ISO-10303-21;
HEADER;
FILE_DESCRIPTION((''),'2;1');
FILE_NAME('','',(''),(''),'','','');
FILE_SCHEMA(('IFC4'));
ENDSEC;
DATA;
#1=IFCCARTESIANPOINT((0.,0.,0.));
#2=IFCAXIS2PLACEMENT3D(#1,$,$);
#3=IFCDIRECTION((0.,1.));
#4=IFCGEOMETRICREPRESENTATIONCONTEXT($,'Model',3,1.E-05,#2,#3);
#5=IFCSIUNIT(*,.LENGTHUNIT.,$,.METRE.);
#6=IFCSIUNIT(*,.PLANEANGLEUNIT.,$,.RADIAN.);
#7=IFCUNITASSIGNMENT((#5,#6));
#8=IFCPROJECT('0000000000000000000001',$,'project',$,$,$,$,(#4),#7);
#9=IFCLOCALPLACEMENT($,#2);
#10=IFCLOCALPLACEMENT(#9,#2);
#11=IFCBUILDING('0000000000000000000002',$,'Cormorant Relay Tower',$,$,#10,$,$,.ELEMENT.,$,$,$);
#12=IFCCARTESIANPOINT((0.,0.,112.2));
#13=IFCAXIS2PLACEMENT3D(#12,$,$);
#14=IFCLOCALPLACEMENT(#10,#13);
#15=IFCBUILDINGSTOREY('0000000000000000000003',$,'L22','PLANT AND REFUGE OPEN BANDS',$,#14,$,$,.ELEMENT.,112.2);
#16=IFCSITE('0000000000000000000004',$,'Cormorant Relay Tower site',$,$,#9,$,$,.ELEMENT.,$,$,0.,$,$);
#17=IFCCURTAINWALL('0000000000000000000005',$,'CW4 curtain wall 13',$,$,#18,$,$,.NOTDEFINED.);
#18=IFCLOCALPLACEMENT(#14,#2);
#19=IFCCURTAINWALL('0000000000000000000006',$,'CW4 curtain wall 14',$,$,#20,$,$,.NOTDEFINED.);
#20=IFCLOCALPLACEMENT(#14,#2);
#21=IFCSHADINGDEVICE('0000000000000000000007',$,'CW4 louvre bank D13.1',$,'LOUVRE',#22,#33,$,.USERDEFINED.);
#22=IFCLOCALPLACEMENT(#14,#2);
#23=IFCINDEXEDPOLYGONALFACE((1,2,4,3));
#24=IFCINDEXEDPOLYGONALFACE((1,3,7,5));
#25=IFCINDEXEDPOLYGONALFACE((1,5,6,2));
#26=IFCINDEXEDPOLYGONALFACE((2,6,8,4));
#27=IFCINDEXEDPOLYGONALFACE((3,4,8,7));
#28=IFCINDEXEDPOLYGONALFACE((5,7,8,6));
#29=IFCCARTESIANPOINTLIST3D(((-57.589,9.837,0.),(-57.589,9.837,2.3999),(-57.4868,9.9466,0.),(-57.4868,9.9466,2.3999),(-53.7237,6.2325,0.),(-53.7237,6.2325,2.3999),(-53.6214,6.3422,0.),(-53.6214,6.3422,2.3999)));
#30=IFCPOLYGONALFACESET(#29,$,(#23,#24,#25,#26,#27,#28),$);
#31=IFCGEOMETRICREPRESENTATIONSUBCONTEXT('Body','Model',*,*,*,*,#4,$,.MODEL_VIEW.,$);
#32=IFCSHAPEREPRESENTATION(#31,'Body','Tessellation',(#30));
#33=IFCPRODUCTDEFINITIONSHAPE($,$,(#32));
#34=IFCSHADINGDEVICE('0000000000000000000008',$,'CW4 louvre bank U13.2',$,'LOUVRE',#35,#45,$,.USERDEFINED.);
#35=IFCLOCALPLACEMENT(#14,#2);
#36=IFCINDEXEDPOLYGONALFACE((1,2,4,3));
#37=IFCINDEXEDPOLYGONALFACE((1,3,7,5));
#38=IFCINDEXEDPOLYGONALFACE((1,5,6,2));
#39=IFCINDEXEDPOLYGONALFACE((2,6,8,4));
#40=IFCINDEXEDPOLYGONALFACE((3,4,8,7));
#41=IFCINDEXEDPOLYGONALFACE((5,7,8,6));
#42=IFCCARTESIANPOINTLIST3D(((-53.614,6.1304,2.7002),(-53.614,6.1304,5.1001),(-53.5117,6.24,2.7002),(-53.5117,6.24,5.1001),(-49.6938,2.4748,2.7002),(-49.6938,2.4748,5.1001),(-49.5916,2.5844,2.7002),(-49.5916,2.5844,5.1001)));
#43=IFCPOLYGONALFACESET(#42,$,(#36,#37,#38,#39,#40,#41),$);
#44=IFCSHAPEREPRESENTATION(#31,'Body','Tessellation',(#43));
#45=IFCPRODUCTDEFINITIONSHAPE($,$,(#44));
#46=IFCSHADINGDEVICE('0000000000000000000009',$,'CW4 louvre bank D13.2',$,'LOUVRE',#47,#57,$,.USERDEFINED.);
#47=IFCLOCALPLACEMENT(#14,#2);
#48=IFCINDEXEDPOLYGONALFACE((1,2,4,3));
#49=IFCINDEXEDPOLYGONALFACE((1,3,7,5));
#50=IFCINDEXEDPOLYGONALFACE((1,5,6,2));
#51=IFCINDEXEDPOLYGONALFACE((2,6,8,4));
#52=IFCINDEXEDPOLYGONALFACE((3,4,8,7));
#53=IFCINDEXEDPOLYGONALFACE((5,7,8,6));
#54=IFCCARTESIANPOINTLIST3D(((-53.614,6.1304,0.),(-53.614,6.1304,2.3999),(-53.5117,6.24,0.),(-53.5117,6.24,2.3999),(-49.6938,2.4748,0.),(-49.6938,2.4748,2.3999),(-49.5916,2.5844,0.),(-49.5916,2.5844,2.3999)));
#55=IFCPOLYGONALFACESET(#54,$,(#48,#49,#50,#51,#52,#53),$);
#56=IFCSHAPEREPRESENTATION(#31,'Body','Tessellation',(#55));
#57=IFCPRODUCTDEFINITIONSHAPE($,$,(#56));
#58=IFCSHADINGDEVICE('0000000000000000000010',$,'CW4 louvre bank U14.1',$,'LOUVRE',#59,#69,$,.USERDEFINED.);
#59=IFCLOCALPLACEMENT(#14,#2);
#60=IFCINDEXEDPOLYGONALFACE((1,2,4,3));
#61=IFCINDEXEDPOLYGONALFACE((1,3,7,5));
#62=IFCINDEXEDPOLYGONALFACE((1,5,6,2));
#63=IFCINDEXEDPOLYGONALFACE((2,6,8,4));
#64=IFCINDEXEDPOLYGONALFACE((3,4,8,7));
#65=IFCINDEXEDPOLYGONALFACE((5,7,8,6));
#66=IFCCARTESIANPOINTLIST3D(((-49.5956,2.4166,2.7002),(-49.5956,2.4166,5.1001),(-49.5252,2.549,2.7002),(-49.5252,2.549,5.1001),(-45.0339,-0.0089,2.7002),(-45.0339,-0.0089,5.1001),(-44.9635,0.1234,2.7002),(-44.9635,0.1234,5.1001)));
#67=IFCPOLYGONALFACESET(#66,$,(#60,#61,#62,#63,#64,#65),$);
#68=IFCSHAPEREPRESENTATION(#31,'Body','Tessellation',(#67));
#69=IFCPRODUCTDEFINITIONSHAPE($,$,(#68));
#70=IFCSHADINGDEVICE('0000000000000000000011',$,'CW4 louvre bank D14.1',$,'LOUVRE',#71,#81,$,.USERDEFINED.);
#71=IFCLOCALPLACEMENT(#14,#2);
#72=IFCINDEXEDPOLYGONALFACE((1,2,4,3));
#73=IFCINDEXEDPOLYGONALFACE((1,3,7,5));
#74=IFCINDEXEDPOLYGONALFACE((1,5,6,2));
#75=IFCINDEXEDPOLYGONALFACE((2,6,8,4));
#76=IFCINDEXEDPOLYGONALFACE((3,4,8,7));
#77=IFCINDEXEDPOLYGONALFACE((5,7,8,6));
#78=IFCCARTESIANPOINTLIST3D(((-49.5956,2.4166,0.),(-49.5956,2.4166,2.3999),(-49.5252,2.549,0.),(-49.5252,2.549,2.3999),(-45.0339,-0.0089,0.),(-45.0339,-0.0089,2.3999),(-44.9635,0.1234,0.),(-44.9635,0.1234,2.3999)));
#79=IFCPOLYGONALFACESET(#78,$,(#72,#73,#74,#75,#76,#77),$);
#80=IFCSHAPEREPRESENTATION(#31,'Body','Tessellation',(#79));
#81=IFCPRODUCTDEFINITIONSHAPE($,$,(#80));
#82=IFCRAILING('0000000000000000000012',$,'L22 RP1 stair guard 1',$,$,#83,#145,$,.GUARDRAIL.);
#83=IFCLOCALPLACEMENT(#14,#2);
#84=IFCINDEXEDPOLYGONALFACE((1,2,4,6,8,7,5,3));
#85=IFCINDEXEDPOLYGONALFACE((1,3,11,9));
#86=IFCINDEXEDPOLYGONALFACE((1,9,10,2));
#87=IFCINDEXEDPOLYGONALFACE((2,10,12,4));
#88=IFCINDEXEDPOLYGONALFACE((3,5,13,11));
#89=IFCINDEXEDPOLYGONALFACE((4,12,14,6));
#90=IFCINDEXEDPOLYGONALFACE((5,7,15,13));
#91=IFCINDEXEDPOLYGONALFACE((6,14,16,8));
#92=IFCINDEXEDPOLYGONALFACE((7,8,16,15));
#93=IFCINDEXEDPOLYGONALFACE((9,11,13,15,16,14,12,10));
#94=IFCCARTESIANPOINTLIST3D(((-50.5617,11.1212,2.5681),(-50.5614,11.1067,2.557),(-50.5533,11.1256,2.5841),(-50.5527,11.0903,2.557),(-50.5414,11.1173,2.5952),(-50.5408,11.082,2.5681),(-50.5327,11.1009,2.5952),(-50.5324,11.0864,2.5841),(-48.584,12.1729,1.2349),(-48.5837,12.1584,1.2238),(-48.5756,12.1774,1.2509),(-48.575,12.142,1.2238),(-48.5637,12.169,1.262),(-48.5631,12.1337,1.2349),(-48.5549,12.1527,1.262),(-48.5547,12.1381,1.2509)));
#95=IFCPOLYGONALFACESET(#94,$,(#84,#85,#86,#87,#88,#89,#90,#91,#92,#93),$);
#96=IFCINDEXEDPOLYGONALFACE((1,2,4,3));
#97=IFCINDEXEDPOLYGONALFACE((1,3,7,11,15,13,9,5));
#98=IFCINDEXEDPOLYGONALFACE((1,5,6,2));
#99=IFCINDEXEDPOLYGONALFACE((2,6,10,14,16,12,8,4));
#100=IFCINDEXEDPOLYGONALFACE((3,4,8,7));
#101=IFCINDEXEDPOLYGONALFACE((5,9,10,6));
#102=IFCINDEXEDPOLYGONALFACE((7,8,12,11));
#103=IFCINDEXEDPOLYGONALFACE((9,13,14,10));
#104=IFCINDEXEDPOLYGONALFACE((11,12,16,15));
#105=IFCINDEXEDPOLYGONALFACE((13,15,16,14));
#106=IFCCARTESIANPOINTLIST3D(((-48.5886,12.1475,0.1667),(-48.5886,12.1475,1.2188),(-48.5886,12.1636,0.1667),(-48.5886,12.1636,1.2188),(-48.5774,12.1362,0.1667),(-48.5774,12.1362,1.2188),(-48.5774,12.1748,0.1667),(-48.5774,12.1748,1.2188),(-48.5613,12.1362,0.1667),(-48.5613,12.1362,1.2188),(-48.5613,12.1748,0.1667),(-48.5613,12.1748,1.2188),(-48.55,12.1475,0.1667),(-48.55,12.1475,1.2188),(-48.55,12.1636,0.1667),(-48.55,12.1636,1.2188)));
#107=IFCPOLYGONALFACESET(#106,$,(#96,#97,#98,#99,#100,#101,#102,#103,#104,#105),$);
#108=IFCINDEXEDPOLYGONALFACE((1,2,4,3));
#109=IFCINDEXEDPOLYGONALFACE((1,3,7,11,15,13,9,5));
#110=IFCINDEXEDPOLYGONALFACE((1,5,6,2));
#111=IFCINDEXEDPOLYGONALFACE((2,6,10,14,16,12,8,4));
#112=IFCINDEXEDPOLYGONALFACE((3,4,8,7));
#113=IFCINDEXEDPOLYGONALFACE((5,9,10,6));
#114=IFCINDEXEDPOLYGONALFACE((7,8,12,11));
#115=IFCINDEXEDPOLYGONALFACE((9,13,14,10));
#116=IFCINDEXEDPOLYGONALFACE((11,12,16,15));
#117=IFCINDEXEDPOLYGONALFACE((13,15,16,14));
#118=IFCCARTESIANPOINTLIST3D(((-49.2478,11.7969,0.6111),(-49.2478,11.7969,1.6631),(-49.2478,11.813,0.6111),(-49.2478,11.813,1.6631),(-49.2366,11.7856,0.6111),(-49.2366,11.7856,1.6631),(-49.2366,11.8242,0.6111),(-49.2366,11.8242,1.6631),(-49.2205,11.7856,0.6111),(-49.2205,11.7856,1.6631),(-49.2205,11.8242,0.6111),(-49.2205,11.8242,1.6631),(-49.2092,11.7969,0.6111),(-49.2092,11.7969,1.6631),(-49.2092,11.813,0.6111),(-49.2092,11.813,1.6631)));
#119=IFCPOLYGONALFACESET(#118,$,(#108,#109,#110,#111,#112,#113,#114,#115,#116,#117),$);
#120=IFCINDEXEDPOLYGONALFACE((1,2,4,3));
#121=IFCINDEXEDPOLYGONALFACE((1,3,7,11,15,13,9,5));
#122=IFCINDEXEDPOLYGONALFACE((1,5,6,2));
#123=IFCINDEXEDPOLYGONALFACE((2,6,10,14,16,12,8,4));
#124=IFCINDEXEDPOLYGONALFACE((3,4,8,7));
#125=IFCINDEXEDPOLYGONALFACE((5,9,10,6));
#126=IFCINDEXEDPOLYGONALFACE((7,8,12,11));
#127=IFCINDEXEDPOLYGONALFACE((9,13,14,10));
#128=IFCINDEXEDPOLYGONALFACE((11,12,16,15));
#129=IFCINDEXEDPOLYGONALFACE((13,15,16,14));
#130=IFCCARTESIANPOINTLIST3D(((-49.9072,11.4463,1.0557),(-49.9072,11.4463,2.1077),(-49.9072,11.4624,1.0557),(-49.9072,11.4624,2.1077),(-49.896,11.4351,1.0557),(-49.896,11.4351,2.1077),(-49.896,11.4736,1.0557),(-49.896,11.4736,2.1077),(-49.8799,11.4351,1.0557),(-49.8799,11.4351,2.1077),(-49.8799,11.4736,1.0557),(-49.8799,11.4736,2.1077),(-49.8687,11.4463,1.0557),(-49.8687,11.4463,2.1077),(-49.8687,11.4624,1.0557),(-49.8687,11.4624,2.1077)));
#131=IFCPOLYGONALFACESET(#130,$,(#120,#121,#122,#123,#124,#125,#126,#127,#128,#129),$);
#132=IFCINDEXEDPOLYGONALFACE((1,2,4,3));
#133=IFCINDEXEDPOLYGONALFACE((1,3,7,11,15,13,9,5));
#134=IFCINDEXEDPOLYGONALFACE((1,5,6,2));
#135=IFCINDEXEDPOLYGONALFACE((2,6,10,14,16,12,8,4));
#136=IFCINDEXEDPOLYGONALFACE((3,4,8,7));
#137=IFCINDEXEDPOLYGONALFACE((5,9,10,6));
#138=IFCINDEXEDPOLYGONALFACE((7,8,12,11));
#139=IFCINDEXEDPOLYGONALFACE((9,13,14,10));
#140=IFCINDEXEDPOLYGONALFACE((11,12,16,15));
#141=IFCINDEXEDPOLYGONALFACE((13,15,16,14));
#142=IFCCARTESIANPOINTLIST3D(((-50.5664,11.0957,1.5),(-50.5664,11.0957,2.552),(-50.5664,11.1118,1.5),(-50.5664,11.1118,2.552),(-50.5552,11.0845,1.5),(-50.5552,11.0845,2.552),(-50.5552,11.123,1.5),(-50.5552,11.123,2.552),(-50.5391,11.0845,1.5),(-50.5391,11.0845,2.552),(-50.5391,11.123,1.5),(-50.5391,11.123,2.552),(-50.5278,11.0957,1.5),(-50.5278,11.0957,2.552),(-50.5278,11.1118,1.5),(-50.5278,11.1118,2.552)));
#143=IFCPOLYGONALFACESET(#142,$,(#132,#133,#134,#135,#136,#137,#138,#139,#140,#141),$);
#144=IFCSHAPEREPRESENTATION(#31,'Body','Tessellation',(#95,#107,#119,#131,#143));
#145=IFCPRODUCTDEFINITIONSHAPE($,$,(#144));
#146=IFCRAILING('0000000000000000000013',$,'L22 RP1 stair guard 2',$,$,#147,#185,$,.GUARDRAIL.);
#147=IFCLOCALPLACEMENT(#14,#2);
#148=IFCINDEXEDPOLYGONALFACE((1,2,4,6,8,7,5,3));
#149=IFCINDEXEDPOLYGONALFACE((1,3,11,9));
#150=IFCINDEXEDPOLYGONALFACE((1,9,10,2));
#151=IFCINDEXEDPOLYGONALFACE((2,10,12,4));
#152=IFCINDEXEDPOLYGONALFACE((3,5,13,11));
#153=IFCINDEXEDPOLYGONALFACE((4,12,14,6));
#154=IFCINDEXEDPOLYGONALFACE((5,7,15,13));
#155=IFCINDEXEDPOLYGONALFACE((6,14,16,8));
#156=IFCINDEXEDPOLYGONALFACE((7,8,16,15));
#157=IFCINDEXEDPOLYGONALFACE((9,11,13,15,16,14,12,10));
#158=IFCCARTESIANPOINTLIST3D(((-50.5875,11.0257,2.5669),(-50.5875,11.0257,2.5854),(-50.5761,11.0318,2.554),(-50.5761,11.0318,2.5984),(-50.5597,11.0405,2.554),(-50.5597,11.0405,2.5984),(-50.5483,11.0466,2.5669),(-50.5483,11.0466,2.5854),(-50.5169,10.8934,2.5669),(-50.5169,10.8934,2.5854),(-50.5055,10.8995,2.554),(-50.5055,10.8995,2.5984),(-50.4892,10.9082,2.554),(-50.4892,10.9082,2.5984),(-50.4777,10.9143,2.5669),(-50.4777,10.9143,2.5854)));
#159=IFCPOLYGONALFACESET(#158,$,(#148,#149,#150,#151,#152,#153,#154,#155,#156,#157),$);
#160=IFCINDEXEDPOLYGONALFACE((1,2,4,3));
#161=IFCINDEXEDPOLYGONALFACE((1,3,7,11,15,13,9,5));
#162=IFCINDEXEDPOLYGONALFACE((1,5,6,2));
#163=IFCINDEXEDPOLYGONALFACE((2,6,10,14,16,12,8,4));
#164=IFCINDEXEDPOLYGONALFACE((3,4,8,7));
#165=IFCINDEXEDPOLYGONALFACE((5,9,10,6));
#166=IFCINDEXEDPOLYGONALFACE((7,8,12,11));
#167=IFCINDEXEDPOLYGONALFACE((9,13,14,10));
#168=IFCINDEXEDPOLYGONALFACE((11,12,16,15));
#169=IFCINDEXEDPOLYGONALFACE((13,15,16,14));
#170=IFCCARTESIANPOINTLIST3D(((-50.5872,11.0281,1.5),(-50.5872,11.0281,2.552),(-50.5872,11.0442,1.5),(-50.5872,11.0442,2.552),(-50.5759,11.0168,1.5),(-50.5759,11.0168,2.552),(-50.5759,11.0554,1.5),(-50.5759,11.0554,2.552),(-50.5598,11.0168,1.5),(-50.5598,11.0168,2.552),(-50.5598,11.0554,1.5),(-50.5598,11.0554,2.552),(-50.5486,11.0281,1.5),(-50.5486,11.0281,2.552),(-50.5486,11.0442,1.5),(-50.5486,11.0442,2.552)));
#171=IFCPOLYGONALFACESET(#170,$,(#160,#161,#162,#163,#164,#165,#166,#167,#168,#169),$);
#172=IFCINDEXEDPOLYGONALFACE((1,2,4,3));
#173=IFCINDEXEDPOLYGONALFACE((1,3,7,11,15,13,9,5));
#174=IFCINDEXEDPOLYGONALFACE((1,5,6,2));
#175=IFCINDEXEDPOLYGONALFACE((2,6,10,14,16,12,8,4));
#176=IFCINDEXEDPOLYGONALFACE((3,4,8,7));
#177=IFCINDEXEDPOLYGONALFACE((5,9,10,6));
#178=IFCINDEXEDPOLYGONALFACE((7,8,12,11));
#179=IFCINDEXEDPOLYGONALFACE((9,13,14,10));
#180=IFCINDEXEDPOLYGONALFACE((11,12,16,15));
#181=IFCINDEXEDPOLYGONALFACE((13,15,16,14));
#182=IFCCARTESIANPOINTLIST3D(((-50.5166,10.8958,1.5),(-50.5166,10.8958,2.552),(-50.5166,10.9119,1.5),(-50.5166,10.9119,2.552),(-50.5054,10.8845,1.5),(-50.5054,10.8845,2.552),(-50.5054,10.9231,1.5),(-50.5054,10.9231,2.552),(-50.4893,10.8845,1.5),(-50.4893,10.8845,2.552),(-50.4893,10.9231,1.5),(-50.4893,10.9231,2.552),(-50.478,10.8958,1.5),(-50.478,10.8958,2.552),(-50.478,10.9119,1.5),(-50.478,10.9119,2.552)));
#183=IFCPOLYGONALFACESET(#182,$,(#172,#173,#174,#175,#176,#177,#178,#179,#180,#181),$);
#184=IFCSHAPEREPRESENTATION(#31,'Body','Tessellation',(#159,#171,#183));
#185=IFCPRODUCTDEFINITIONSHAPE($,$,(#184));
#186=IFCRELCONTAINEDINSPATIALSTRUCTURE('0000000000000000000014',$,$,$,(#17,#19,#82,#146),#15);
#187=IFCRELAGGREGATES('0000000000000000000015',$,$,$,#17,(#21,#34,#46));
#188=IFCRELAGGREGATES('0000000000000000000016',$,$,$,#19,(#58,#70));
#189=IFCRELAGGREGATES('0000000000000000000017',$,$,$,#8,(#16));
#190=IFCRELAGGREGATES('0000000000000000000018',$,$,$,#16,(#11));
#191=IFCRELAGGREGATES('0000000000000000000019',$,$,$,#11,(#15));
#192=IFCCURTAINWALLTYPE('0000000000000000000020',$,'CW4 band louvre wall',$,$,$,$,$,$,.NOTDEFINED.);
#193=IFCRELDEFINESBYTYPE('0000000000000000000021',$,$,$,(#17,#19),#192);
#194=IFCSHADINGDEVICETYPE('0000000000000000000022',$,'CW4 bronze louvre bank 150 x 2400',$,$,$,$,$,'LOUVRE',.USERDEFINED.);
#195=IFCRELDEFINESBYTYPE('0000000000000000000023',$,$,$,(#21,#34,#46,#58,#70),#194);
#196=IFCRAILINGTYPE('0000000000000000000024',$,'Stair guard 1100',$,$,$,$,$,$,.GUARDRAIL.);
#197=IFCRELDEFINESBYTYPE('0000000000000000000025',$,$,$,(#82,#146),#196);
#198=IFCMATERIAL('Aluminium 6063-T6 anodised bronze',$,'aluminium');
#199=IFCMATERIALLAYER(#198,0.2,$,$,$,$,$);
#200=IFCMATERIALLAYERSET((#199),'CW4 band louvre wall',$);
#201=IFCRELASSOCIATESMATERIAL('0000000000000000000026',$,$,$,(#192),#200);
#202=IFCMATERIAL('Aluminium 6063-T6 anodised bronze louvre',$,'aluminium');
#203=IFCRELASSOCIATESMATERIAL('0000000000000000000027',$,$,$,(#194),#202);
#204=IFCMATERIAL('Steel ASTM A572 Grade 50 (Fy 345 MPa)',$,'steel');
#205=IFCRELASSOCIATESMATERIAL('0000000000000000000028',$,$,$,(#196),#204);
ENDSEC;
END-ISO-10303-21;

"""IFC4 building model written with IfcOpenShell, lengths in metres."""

from ifc_helpers import new_model, si_unit, direction, frame, origin, origin_2d, place, context, subcontext, project, spatial, polyline, rectangle, outline, extrude, material, layer, layer_set, type_object, element, aggregate, save


model = new_model("IFC4")

# Units and contexts
model_context = context("Model", 3, precision=1e-05, world=origin(), true_north=direction((0.0, 1.0)))
body_context = subcontext(model_context, "Body", "Model", "MODEL_VIEW")
ifc_project = project(units=[si_unit("LENGTHUNIT", "METRE"), si_unit("PLANEANGLEUNIT", "RADIAN")], contexts=[model_context])

# Site, building, storey
site_placement = place(None, origin())
site = spatial("IfcSite", under=ifc_project, at=site_placement, Name="Cormorant Relay Tower site", CompositionType="ELEMENT", RefElevation=0.0)
building_placement = place(site_placement, origin())
building = spatial("IfcBuilding", under=site, at=building_placement, Name="Cormorant Relay Tower", CompositionType="ELEMENT")
storey_placement = place(building_placement, frame((0.0, 0.0, 112.2)))
storey = spatial("IfcBuildingStorey", under=building, at=storey_placement, Name="L22", Description="PLANT AND REFUGE OPEN BANDS", CompositionType="ELEMENT", Elevation=112.2)

# Curtain wall
ifc_material_1 = material(Name="Aluminium 6063-T6 anodised bronze", Category="aluminium")
ifc_layer_1 = layer(ifc_material_1, 0.2)
ifc_layer_set_1 = layer_set([ifc_layer_1], Name="CW4 band louvre wall")
curtain_wall_type = type_object("IfcCurtainWallType", Name="CW4 band louvre wall", PredefinedType="NOTDEFINED", material=ifc_layer_set_1)
curtain_wall_1_placement = place(storey_placement, origin())
curtain_wall_1 = element("IfcCurtainWall", 1, at=curtain_wall_1_placement, inside=storey, type_object=curtain_wall_type, Name="CW4 curtain wall 13", PredefinedType="NOTDEFINED")

# Curtain wall
curtain_wall_2_placement = place(storey_placement, origin())
curtain_wall_2 = element("IfcCurtainWall", 2, at=curtain_wall_2_placement, inside=storey, type_object=curtain_wall_type, Name="CW4 curtain wall 14", PredefinedType="NOTDEFINED")

# Shared definitions
ifc_material_2 = material(Name="Aluminium 6063-T6 anodised bronze louvre", Category="aluminium")
shading_device_type = type_object("IfcShadingDeviceType", Name="CW4 bronze louvre bank 150 x 2400", ElementType="LOUVRE", PredefinedType="USERDEFINED", material=ifc_material_2)

# Shading devices
shading_device_1_placement = place(storey_placement, frame((-55.6052, 8.0896, 0.0), z_axis=(0.0, 0.0, 1.0), x_axis=(0.731354, -0.681998, 0.0)))
shading_device_1 = element("IfcShadingDevice", 3, at=shading_device_1_placement, type_object=shading_device_type, Name="CW4 louvre bank D13.1", ObjectType="LOUVRE", PredefinedType="USERDEFINED", context=body_context, shape_type="SweptSolid", body=[
    extrude(rectangle(XDim=5.2852, YDim=0.1499, at=origin_2d()), origin(), (0.0, 0.0, 1.0), 2.3999),
])
shading_device_2_placement = place(storey_placement, frame((-51.6028, 4.3574, 2.7002), z_axis=(0.0, 0.0, 1.0), x_axis=(0.731354, -0.681998, 0.0)))
shading_device_2 = element("IfcShadingDevice", 4, at=shading_device_2_placement, type_object=shading_device_type, Name="CW4 louvre bank U13.2", ObjectType="LOUVRE", PredefinedType="USERDEFINED", context=body_context, shape_type="SweptSolid", body=[
    extrude(rectangle(XDim=5.3601, YDim=0.1499, at=origin_2d()), origin(), (0.0, 0.0, 1.0), 2.3999),
])
shading_device_3_placement = place(storey_placement, frame((-51.6028, 4.3574, 0.0), z_axis=(0.0, 0.0, 1.0), x_axis=(0.731354, -0.681998, 0.0)))
shading_device_3 = element("IfcShadingDevice", 5, at=shading_device_3_placement, type_object=shading_device_type, Name="CW4 louvre bank D13.2", ObjectType="LOUVRE", PredefinedType="USERDEFINED", context=body_context, shape_type="SweptSolid", body=[
    extrude(rectangle(XDim=5.3601, YDim=0.1499, at=origin_2d()), origin(), (0.0, 0.0, 1.0), 2.3999),
])
aggregate(curtain_wall_1, [shading_device_1, shading_device_2, shading_device_3])
shading_device_4_placement = place(storey_placement, frame((-47.2795, 1.27, 2.7002), z_axis=(0.0, 0.0, 1.0), x_axis=(0.882948, -0.469472, 0.0)))
shading_device_4 = element("IfcShadingDevice", 6, at=shading_device_4_placement, type_object=shading_device_type, Name="CW4 louvre bank U14.1", ObjectType="LOUVRE", PredefinedType="USERDEFINED", context=body_context, shape_type="SweptSolid", body=[
    extrude(rectangle(XDim=5.1665, YDim=0.1499, at=origin_2d()), origin(), (0.0, 0.0, 1.0), 2.3999),
])
shading_device_5_placement = place(storey_placement, frame((-47.2795, 1.27, 0.0), z_axis=(0.0, 0.0, 1.0), x_axis=(0.882948, -0.469472, 0.0)))
shading_device_5 = element("IfcShadingDevice", 7, at=shading_device_5_placement, type_object=shading_device_type, Name="CW4 louvre bank D14.1", ObjectType="LOUVRE", PredefinedType="USERDEFINED", context=body_context, shape_type="SweptSolid", body=[
    extrude(rectangle(XDim=5.1665, YDim=0.1499, at=origin_2d()), origin(), (0.0, 0.0, 1.0), 2.3999),
])
aggregate(curtain_wall_2, [shading_device_4, shading_device_5])

# Railings
ifc_material_3 = material(Name="Steel ASTM A572 Grade 50 (Fy 345 MPa)", Category="steel")
railing_type_1 = type_object("IfcRailingType", Name="Stair guard 1100", PredefinedType="GUARDRAIL", material=ifc_material_3)
railing_1_placement = place(storey_placement, frame((-48.5693, 12.1555, 0.1667)))
element("IfcRailing", 8, at=railing_1_placement, inside=storey, type_object=railing_type_1, Name="L22 RP1 stair guard 1", PredefinedType="GUARDRAIL", context=body_context, shape_type="SweptSolid", body=[
    extrude(outline(polyline([(0.0222, 0.0093), (0.0093, 0.0222), (-0.0093, 0.0222), (-0.0222, 0.0093), (-0.0222, -0.0093), (-0.0093, -0.0222), (0.0093, -0.0222), (0.0222, -0.0093), (0.0222, 0.0093)])), frame((0.0, 0.0, 1.0762), z_axis=(-0.758703, -0.403468, 0.511452), x_axis=(0.469524, -0.882919, 0.0)), (0.0, 0.0, 1.0), 2.6067),
    extrude(outline(polyline([(0.0193, 0.0081), (0.0081, 0.0193), (-0.0081, 0.0193), (-0.0193, 0.0081), (-0.0193, -0.0081), (-0.0081, -0.0193), (0.0081, -0.0193), (0.0193, -0.0081), (0.0193, 0.0081)])), origin(), (0.0, 0.0, 1.0), 1.052),
    extrude(outline(polyline([(0.0193, 0.0081), (0.0081, 0.0193), (-0.0081, 0.0193), (-0.0193, 0.0081), (-0.0193, -0.0081), (-0.0081, -0.0193), (0.0081, -0.0193), (0.0193, -0.0081), (0.0193, 0.0081)])), frame((-0.6592, -0.3506, 0.4443)), (0.0, 0.0, 1.0), 1.052),
    extrude(outline(polyline([(0.0193, 0.0081), (0.0081, 0.0193), (-0.0081, 0.0193), (-0.0193, 0.0081), (-0.0193, -0.0081), (-0.0081, -0.0193), (0.0081, -0.0193), (0.0193, -0.0081), (0.0193, 0.0081)])), frame((-1.3186, -0.7012, 0.8889)), (0.0, 0.0, 1.0), 1.052),
    extrude(outline(polyline([(0.0193, 0.0081), (0.0081, 0.0193), (-0.0081, 0.0193), (-0.0193, 0.0081), (-0.0193, -0.0081), (-0.0081, -0.0193), (0.0081, -0.0193), (0.0193, -0.0081), (0.0193, 0.0081)])), frame((-1.9778, -1.0518, 1.3333)), (0.0, 0.0, 1.0), 1.052),
])
railing_2_placement = place(storey_placement, frame((-50.5679, 11.0361, 1.5)))
element("IfcRailing", 9, at=railing_2_placement, inside=storey, type_object=railing_type_1, Name="L22 RP1 stair guard 2", PredefinedType="GUARDRAIL", context=body_context, shape_type="SweptSolid", body=[
    extrude(outline(polyline([(0.0222, 0.0093), (0.0093, 0.0222), (-0.0093, 0.0222), (-0.0222, 0.0093), (-0.0222, -0.0093), (-0.0093, -0.0222), (0.0093, -0.0222), (0.0222, -0.0093), (0.0222, 0.0093)])), frame((0.0, 0.0, 1.0762), z_axis=(0.470504, -0.882398, 0.0), x_axis=(0.882398, 0.470504, 0.0)), (0.0, 0.0, 1.0), 0.1499),
    extrude(outline(polyline([(0.0193, 0.0081), (0.0081, 0.0193), (-0.0081, 0.0193), (-0.0193, 0.0081), (-0.0193, -0.0081), (-0.0081, -0.0193), (0.0081, -0.0193), (0.0193, -0.0081), (0.0193, 0.0081)])), origin(), (0.0, 0.0, 1.0), 1.052),
    extrude(outline(polyline([(0.0193, 0.0081), (0.0081, 0.0193), (-0.0081, 0.0193), (-0.0193, 0.0081), (-0.0193, -0.0081), (-0.0081, -0.0193), (0.0081, -0.0193), (0.0193, -0.0081), (0.0193, 0.0081)])), frame((0.0706, -0.1323, 0.0)), (0.0, 0.0, 1.0), 1.052),
])

save(model, "model.ifc")
